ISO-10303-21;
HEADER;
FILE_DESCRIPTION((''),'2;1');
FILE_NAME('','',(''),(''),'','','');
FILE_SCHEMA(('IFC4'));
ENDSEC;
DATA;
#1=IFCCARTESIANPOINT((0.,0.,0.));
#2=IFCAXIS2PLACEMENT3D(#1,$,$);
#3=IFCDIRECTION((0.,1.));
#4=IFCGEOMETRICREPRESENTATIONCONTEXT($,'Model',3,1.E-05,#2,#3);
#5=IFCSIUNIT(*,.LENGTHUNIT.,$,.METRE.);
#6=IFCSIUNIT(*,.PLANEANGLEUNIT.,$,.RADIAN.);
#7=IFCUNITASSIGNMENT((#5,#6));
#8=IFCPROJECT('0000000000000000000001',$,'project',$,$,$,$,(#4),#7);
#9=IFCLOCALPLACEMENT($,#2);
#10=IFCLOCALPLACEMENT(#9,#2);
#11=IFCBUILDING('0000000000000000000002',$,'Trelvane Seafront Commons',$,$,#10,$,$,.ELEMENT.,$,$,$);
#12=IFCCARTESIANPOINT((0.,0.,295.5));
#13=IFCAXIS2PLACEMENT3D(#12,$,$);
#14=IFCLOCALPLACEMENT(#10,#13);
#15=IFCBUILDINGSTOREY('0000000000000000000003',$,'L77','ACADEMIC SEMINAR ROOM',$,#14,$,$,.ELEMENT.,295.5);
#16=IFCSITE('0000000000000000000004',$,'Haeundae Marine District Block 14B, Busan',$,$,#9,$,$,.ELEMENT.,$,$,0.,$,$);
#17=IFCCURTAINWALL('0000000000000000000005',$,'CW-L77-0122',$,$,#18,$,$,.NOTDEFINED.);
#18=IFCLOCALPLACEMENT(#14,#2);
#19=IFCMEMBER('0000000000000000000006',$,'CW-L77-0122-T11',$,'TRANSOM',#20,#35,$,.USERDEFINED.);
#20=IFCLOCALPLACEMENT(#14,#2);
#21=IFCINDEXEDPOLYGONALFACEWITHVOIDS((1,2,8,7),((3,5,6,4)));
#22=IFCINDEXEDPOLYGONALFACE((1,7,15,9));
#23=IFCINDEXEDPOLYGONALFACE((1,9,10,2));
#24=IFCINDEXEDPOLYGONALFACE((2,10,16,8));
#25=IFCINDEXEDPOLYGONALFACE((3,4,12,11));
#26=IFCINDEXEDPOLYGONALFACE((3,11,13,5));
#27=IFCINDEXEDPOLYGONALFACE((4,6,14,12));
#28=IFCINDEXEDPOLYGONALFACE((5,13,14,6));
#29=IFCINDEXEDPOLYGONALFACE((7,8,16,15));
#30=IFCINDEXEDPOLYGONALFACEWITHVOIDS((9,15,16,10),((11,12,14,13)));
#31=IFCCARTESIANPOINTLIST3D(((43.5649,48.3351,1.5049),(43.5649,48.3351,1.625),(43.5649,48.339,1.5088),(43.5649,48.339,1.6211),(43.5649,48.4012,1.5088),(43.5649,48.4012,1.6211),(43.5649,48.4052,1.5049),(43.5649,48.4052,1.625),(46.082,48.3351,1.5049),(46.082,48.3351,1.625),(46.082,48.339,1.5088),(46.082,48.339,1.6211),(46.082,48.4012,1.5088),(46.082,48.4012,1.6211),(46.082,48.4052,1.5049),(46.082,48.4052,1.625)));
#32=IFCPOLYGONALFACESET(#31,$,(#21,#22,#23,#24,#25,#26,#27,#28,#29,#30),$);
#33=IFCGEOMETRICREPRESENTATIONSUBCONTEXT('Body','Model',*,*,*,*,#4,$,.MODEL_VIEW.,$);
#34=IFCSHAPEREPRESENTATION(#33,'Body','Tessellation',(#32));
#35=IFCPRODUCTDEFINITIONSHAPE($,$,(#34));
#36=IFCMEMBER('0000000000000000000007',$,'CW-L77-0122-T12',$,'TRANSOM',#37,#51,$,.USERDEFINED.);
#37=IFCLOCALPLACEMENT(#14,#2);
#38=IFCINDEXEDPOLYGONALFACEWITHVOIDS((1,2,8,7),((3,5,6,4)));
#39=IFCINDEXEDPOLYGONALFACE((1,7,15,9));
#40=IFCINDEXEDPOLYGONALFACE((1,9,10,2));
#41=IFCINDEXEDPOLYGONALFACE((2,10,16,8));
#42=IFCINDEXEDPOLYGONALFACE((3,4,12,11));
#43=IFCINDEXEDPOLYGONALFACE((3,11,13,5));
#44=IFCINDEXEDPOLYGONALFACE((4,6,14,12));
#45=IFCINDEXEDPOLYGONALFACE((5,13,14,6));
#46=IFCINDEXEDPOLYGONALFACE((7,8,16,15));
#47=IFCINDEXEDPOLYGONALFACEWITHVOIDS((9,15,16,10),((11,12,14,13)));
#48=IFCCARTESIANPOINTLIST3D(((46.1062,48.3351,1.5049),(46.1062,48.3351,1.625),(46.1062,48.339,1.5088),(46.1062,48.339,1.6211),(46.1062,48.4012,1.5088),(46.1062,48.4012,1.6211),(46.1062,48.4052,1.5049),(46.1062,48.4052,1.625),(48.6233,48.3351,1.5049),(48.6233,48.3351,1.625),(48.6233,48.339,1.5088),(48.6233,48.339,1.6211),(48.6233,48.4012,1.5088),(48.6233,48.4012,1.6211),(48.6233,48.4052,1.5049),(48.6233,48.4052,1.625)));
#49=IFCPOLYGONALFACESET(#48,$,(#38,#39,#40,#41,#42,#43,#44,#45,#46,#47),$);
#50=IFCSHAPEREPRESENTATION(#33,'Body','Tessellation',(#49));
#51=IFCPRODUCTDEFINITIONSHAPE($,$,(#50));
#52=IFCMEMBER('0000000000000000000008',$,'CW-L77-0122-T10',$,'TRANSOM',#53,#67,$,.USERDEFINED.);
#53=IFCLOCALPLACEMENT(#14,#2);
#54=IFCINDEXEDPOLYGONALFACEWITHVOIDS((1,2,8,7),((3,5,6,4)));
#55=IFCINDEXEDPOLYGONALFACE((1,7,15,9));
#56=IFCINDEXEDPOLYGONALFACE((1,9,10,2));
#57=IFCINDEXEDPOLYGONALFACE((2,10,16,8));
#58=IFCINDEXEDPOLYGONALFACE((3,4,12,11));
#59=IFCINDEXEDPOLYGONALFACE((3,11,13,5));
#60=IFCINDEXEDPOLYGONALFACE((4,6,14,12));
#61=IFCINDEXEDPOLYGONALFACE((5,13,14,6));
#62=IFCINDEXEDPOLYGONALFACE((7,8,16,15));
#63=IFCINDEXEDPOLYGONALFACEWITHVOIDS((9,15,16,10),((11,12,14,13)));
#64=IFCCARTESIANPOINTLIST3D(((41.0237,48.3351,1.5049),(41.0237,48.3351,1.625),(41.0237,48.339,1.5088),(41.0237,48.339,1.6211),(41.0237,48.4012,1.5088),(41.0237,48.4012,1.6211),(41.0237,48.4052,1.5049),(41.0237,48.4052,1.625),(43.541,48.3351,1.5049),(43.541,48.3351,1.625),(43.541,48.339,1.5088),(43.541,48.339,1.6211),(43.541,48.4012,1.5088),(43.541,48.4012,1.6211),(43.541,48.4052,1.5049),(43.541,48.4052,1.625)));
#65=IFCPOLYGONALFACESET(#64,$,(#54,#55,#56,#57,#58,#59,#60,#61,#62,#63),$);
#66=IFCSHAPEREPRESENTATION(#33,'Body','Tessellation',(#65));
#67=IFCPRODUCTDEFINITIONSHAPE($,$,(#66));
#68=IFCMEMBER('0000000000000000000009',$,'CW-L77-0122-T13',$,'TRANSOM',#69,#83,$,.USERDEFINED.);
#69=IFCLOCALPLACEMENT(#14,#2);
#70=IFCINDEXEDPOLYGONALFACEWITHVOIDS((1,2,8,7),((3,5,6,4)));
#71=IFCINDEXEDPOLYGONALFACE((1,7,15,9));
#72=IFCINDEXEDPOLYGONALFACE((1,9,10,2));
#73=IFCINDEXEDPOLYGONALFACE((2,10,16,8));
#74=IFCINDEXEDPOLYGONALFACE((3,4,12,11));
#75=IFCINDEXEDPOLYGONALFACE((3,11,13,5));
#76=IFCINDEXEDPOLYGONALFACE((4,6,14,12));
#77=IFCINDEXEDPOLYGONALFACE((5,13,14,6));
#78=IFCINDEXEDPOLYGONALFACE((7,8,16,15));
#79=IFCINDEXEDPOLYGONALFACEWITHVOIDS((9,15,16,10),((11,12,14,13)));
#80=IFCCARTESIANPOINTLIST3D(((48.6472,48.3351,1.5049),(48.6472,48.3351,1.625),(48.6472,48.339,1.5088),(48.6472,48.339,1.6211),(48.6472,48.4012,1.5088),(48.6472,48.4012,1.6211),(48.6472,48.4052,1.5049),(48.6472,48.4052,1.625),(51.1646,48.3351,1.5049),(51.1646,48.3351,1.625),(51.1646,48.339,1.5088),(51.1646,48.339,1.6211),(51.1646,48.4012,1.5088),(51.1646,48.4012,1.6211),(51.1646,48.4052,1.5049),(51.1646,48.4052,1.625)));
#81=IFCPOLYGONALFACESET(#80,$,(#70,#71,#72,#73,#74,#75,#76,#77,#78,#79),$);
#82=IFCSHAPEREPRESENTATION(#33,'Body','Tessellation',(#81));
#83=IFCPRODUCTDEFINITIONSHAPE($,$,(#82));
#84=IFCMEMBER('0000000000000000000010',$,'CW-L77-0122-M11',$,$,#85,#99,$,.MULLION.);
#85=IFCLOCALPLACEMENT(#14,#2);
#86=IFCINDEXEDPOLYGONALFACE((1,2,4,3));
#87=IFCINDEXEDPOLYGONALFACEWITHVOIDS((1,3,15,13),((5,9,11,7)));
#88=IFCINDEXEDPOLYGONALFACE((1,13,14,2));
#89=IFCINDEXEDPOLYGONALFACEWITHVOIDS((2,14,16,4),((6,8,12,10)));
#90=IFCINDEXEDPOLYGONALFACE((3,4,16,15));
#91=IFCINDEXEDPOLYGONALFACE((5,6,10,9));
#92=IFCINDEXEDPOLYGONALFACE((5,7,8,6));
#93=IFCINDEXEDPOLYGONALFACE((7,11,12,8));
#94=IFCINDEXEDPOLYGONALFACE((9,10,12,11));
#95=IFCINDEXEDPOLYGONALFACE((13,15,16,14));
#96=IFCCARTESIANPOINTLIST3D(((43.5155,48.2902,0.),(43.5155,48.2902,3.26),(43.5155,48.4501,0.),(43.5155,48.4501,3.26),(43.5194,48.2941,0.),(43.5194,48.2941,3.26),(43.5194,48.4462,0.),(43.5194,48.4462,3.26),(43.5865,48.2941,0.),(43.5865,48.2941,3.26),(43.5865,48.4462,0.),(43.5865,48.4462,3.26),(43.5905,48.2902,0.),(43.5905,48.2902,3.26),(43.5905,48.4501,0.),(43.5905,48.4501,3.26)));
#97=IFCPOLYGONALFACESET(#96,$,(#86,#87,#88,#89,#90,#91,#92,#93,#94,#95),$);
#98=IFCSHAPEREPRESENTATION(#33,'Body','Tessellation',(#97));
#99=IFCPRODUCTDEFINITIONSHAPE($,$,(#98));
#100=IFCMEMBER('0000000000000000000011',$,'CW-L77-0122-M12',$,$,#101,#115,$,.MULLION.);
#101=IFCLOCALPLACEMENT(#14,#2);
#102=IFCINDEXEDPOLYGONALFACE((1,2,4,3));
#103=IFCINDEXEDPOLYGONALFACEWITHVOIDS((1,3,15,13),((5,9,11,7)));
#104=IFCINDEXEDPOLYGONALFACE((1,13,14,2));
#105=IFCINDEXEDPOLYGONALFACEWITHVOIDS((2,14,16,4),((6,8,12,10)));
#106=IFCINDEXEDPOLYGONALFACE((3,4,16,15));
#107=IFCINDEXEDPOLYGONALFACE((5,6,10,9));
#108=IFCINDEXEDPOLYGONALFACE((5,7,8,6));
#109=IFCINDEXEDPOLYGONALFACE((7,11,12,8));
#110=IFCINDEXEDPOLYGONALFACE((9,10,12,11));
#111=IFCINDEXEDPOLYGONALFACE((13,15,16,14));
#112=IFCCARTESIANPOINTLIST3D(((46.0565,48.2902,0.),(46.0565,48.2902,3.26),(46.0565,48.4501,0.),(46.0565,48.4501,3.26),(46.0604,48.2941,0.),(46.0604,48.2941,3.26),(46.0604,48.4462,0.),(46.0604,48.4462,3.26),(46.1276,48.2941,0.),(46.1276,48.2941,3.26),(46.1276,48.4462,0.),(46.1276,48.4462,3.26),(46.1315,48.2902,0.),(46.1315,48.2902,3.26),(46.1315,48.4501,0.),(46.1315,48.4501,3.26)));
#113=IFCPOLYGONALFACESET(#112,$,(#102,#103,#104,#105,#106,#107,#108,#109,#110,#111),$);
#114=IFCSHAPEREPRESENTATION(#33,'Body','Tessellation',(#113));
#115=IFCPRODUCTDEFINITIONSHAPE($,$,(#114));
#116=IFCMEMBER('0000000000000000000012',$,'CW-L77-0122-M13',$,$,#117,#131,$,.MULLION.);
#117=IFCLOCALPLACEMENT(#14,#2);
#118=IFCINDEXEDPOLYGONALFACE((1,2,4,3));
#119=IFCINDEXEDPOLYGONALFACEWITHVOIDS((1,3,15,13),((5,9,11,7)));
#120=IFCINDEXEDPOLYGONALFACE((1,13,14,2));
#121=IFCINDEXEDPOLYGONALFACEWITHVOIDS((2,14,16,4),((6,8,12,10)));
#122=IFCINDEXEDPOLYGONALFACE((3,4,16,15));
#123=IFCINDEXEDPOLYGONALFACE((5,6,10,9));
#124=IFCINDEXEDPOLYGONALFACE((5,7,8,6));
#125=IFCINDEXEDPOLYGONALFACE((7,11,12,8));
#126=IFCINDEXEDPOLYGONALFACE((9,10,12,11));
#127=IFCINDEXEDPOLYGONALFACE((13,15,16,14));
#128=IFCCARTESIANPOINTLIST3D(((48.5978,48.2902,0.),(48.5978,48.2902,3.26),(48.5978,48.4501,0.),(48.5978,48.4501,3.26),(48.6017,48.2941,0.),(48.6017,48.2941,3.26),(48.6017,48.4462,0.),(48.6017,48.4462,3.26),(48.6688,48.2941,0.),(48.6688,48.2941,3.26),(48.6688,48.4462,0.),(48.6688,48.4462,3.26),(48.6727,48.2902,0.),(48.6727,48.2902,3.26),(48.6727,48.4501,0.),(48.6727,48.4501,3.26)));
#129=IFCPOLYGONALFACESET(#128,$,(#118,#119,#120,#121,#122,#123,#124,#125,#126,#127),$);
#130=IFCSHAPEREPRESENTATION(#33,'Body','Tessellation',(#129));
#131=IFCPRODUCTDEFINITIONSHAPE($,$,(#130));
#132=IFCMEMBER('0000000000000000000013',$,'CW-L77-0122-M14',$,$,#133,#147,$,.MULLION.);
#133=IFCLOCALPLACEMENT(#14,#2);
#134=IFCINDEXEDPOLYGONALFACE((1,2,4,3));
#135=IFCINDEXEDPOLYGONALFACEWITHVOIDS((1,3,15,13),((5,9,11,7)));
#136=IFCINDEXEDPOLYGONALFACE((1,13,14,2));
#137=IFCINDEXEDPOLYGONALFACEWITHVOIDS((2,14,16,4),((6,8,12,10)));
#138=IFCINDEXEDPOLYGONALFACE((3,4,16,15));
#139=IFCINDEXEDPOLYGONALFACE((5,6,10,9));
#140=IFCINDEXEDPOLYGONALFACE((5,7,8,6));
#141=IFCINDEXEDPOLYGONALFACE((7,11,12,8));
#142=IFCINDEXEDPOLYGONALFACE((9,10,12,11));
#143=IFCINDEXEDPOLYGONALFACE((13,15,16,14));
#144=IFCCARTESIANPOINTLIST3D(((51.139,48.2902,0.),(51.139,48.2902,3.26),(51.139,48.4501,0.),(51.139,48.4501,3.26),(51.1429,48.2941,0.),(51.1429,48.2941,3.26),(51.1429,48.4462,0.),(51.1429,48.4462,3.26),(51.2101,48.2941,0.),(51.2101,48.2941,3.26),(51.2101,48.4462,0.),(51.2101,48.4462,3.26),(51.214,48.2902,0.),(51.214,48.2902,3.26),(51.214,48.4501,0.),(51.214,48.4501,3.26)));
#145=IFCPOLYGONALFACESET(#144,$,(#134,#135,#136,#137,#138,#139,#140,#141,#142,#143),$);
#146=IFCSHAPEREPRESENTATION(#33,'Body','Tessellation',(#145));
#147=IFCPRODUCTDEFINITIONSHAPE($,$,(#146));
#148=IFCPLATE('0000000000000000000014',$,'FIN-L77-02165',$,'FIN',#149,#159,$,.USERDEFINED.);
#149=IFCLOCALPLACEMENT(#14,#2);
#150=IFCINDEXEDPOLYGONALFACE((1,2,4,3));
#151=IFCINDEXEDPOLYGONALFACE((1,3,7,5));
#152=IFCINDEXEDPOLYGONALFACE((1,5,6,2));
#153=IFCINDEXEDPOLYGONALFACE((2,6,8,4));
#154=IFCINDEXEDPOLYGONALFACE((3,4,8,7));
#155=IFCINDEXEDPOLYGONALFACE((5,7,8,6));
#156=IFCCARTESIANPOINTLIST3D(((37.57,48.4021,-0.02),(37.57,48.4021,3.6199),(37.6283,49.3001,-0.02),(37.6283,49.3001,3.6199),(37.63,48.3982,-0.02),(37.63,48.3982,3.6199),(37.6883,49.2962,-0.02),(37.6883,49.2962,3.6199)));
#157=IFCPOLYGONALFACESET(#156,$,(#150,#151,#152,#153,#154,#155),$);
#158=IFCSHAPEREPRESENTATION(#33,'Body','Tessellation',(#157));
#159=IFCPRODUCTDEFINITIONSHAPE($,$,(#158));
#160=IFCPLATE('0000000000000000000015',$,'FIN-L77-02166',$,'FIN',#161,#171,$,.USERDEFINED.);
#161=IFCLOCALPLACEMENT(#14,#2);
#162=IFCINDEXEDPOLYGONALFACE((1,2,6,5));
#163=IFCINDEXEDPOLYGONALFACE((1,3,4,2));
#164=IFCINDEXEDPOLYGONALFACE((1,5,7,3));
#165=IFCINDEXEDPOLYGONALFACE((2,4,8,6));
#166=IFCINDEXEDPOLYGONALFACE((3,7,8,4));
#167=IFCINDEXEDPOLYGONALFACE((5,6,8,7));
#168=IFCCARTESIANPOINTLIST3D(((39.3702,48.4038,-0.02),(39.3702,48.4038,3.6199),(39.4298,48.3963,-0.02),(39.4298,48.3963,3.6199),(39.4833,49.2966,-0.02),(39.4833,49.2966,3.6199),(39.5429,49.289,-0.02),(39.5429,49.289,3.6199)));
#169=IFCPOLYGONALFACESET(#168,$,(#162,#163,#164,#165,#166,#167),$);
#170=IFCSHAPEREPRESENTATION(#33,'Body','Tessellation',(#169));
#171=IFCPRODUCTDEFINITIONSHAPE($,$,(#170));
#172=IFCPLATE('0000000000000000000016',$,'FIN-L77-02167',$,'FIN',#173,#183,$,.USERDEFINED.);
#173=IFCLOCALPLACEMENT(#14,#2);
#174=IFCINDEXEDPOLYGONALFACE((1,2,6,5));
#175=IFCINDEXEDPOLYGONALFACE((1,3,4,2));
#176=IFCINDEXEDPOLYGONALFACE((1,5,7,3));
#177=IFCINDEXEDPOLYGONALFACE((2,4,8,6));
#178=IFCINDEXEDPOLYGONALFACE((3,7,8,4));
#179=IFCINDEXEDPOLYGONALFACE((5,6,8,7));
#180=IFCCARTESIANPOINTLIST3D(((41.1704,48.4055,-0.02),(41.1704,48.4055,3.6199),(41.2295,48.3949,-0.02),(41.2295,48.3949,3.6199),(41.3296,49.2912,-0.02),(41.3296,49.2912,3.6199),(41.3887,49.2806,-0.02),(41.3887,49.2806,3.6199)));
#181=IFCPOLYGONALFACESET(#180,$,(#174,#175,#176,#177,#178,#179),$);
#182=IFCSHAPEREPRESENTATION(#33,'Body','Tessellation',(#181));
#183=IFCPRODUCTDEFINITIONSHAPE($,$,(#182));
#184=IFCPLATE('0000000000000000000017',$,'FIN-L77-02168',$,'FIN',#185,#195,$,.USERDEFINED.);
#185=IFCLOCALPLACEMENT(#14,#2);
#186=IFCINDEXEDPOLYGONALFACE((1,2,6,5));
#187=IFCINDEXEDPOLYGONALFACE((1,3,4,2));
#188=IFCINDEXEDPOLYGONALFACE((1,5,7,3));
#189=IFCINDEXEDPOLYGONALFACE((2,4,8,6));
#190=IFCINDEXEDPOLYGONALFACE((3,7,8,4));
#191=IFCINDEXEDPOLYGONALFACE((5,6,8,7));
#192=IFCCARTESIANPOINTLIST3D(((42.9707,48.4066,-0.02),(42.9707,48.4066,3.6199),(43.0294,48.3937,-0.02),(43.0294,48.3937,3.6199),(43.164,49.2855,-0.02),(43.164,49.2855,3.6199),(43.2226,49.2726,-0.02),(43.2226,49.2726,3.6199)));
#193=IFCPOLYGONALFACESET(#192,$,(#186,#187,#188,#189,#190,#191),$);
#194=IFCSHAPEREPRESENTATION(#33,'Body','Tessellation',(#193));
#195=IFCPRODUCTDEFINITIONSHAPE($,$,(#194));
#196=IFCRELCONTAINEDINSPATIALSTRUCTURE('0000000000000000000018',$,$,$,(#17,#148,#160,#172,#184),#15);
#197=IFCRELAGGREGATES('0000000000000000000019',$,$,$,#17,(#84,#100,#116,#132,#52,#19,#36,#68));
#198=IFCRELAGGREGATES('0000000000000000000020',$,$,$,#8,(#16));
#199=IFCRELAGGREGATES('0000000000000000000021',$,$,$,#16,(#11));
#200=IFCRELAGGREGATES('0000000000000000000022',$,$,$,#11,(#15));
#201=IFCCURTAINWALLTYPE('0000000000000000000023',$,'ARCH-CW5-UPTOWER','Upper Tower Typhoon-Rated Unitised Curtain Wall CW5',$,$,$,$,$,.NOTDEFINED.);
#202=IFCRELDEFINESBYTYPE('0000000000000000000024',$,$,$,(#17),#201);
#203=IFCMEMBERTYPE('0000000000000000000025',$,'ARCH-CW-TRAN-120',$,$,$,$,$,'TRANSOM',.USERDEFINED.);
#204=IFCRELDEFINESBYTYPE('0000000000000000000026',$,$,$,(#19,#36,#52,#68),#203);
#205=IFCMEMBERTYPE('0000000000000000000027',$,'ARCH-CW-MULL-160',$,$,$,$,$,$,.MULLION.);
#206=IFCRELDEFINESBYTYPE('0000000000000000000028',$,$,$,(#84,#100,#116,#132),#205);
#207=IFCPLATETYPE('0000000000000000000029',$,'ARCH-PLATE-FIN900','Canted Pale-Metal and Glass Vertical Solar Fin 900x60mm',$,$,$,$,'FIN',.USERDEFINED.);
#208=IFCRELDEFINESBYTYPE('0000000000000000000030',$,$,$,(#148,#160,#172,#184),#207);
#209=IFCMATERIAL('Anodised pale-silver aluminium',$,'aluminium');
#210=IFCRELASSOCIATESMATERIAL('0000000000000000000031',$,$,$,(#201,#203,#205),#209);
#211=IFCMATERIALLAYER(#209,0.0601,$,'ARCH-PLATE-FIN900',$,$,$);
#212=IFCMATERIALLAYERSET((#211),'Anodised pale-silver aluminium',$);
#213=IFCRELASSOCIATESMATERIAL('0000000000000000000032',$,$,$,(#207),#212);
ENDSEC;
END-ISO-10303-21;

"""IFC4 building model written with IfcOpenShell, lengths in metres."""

from ifc_helpers import new_model, si_unit, direction, frame, origin, origin_2d, place, context, subcontext, project, spatial, rectangle, hollow_rectangle, extrude, source, transform, mapped, material, layer, layer_set, material_profile, profile_set, type_object, element, aggregate, save


model = new_model("IFC4")

# Units and contexts
model_context = context("Model", 3, precision=1e-05, world=origin(), true_north=direction((0.0, 1.0)))
body_context = subcontext(model_context, "Body", "Model", "MODEL_VIEW")
ifc_project = project(units=[si_unit("LENGTHUNIT", "METRE"), si_unit("PLANEANGLEUNIT", "RADIAN")], contexts=[model_context])

# Site, building, storey
site_placement = place(None, origin())
site = spatial("IfcSite", under=ifc_project, at=site_placement, Name="Haeundae Marine District Block 14B, Busan", CompositionType="ELEMENT", RefElevation=0.0)
building_placement = place(site_placement, origin())
building = spatial("IfcBuilding", under=site, at=building_placement, Name="Trelvane Seafront Commons", CompositionType="ELEMENT")
storey_placement = place(building_placement, frame((0.0, 0.0, 295.5)))
storey = spatial("IfcBuildingStorey", under=building, at=storey_placement, Name="L77", Description="ACADEMIC SEMINAR ROOM", CompositionType="ELEMENT", Elevation=295.5)

# Curtain wall, members
ifc_material_1 = material(Name="Anodised pale-silver aluminium", Category="aluminium")
curtain_wall_type = type_object("IfcCurtainWallType", Name="ARCH-CW5-UPTOWER", Description="Upper Tower Typhoon-Rated Unitised Curtain Wall CW5", PredefinedType="NOTDEFINED", material=ifc_material_1)
curtain_wall_placement = place(storey_placement, origin())
curtain_wall = element("IfcCurtainWall", 1, at=curtain_wall_placement, inside=storey, type_object=curtain_wall_type, Name="CW-L77-0122", PredefinedType="NOTDEFINED")
ifc_material_profile_1 = material_profile(ifc_material_1, hollow_rectangle(XDim=0.0701, YDim=0.1201, WallThickness=0.0039, at=origin_2d()), Name="TRAN-70x120x4")
ifc_profile_set_1 = profile_set([ifc_material_profile_1], Name="Anodised pale-silver aluminium")
member_type_1 = type_object("IfcMemberType", Name="ARCH-CW-TRAN-120", ElementType="TRANSOM", PredefinedType="USERDEFINED", material=ifc_profile_set_1)
shared_shape_1 = source(origin(), body_context, "Body", "SweptSolid", [
    extrude(hollow_rectangle(XDim=0.0701, YDim=0.1201, WallThickness=0.0039, at=origin_2d()), origin(), (0.0, 0.0, 1.0), 2.5171),
])
member_1_placement = place(storey_placement, frame((43.5649, 48.3701, 1.5649), z_axis=(1.0, 0.0, 0.0), x_axis=(0.0, 1.0, 0.0)))
member_1 = element("IfcMember", 2, at=member_1_placement, type_object=member_type_1, Name="CW-L77-0122-T11", ObjectType="TRANSOM", PredefinedType="USERDEFINED", context=body_context, shape_type="MappedRepresentation", body=[
    mapped(shared_shape_1, transform((0.0, 0.0, 0.0), x_axis=(1.0, 0.0, 0.0), y_axis=(0.0, 1.0, 0.0), z_axis=(0.0, 0.0, 1.0), scale=1.0)),
])
member_2_placement = place(storey_placement, frame((46.1062, 48.3701, 1.5649), z_axis=(1.0, 0.0, 0.0), x_axis=(0.0, 1.0, 0.0)))
member_2 = element("IfcMember", 3, at=member_2_placement, type_object=member_type_1, Name="CW-L77-0122-T12", ObjectType="TRANSOM", PredefinedType="USERDEFINED", context=body_context, shape_type="MappedRepresentation", body=[
    mapped(shared_shape_1, transform((0.0, 0.0, 0.0), x_axis=(1.0, 0.0, 0.0), y_axis=(0.0, 1.0, 0.0), z_axis=(0.0, 0.0, 1.0), scale=1.0)),
])
shared_shape_2 = source(origin(), body_context, "Body", "SweptSolid", [
    extrude(hollow_rectangle(XDim=0.0701, YDim=0.1201, WallThickness=0.0039, at=origin_2d()), origin(), (0.0, 0.0, 1.0), 2.5173),
])
member_3_placement = place(storey_placement, frame((41.0237, 48.3701, 1.5649), z_axis=(1.0, 0.0, 0.0), x_axis=(0.0, 1.0, 0.0)))
member_3 = element("IfcMember", 4, at=member_3_placement, type_object=member_type_1, Name="CW-L77-0122-T10", ObjectType="TRANSOM", PredefinedType="USERDEFINED", context=body_context, shape_type="MappedRepresentation", body=[
    mapped(shared_shape_2, transform((0.0, 0.0, 0.0), x_axis=(1.0, 0.0, 0.0), y_axis=(0.0, 1.0, 0.0), z_axis=(0.0, 0.0, 1.0), scale=1.0)),
])
member_4_placement = place(storey_placement, frame((48.6472, 48.3701, 1.5649), z_axis=(1.0, 0.0, 0.0), x_axis=(0.0, 1.0, 0.0)))
member_4 = element("IfcMember", 5, at=member_4_placement, type_object=member_type_1, Name="CW-L77-0122-T13", ObjectType="TRANSOM", PredefinedType="USERDEFINED", context=body_context, shape_type="MappedRepresentation", body=[
    mapped(shared_shape_2, transform((0.0, 0.0, 0.0), x_axis=(1.0, 0.0, 0.0), y_axis=(0.0, 1.0, 0.0), z_axis=(0.0, 0.0, 1.0), scale=1.0)),
])
ifc_material_profile_2 = material_profile(ifc_material_1, hollow_rectangle(XDim=0.075, YDim=0.1599, WallThickness=0.0039, at=origin_2d()), Name="MULL-75x160x4")
ifc_profile_set_2 = profile_set([ifc_material_profile_2], Name="Anodised pale-silver aluminium")
member_type_2 = type_object("IfcMemberType", Name="ARCH-CW-MULL-160", PredefinedType="MULLION", material=ifc_profile_set_2)
shared_shape_3 = source(origin(), body_context, "Body", "SweptSolid", [
    extrude(hollow_rectangle(XDim=0.075, YDim=0.1599, WallThickness=0.0039, at=origin_2d()), origin(), (0.0, 0.0, 1.0), 3.26),
])
member_5_placement = place(storey_placement, frame((43.553, 48.3701, 0.0), z_axis=(0.0, 0.0, 1.0), x_axis=(1.0, 0.0, 0.0)))
member_5 = element("IfcMember", 6, at=member_5_placement, type_object=member_type_2, Name="CW-L77-0122-M11", PredefinedType="MULLION", context=body_context, shape_type="MappedRepresentation", body=[
    mapped(shared_shape_3, transform((0.0, 0.0, 0.0), x_axis=(1.0, 0.0, 0.0), y_axis=(0.0, 1.0, 0.0), z_axis=(0.0, 0.0, 1.0), scale=1.0)),
])
member_6_placement = place(storey_placement, frame((46.094, 48.3701, 0.0), z_axis=(0.0, 0.0, 1.0), x_axis=(1.0, 0.0, 0.0)))
member_6 = element("IfcMember", 7, at=member_6_placement, type_object=member_type_2, Name="CW-L77-0122-M12", PredefinedType="MULLION", context=body_context, shape_type="MappedRepresentation", body=[
    mapped(shared_shape_3, transform((0.0, 0.0, 0.0), x_axis=(1.0, 0.0, 0.0), y_axis=(0.0, 1.0, 0.0), z_axis=(0.0, 0.0, 1.0), scale=1.0)),
])
member_7_placement = place(storey_placement, frame((48.6353, 48.3701, 0.0), z_axis=(0.0, 0.0, 1.0), x_axis=(1.0, 0.0, 0.0)))
member_7 = element("IfcMember", 8, at=member_7_placement, type_object=member_type_2, Name="CW-L77-0122-M13", PredefinedType="MULLION", context=body_context, shape_type="MappedRepresentation", body=[
    mapped(shared_shape_3, transform((0.0, 0.0, 0.0), x_axis=(1.0, 0.0, 0.0), y_axis=(0.0, 1.0, 0.0), z_axis=(0.0, 0.0, 1.0), scale=1.0)),
])
member_8_placement = place(storey_placement, frame((51.1765, 48.3701, 0.0), z_axis=(0.0, 0.0, 1.0), x_axis=(1.0, 0.0, 0.0)))
member_8 = element("IfcMember", 9, at=member_8_placement, type_object=member_type_2, Name="CW-L77-0122-M14", PredefinedType="MULLION", context=body_context, shape_type="MappedRepresentation", body=[
    mapped(shared_shape_3, transform((0.0, 0.0, 0.0), x_axis=(1.0, 0.0, 0.0), y_axis=(0.0, 1.0, 0.0), z_axis=(0.0, 0.0, 1.0), scale=1.0)),
])

# Plates
ifc_layer_1 = layer(ifc_material_1, 0.0601, Name="ARCH-PLATE-FIN900")
ifc_layer_set_1 = layer_set([ifc_layer_1], Name="Anodised pale-silver aluminium")
plate_type_1 = type_object("IfcPlateType", Name="ARCH-PLATE-FIN900", Description="Canted Pale-Metal and Glass Vertical Solar Fin 900x60mm", ElementType="FIN", PredefinedType="USERDEFINED", material=ifc_layer_set_1)
shared_shape_4 = source(origin(), body_context, "Body", "SweptSolid", [
    extrude(rectangle(XDim=0.8999, YDim=0.0601, at=origin_2d()), origin(), (0.0, 0.0, 1.0), 3.6399),
])
for number, where, z_axis, x_axis, name in (
    (10, (37.6292, 48.8491, -0.02), (0.0, 0.0, 1.0), (0.064778, 0.9979, 0.0), "FIN-L77-02165"),
    (11, (39.4565, 48.8464, -0.02), (0.0, 0.0, 1.0), (0.125662, 0.992073, 0.0), "FIN-L77-02166"),
    (12, (41.2795, 48.843, -0.02), (0.0, 0.0, 1.0), (0.176891, 0.984231, 0.0), "FIN-L77-02167"),
    (13, (43.0967, 48.8396, -0.02), (0.0, 0.0, 1.0), (0.214776, 0.976663, 0.0), "FIN-L77-02168"),
):
    element("IfcPlate", number, at=place(storey_placement, frame(where, z_axis=z_axis, x_axis=x_axis)), inside=storey, type_object=plate_type_1, Name=name, ObjectType="FIN", PredefinedType="USERDEFINED", context=body_context, shape_type="MappedRepresentation", body=[
        mapped(shared_shape_4, transform((0.0, 0.0, 0.0), x_axis=(1.0, 0.0, 0.0), y_axis=(0.0, 1.0, 0.0), z_axis=(0.0, 0.0, 1.0), scale=1.0)),
    ])

aggregate(curtain_wall, [member_5, member_6, member_7, member_8, member_3, member_1, member_2, member_4])

save(model, "model.ifc")
